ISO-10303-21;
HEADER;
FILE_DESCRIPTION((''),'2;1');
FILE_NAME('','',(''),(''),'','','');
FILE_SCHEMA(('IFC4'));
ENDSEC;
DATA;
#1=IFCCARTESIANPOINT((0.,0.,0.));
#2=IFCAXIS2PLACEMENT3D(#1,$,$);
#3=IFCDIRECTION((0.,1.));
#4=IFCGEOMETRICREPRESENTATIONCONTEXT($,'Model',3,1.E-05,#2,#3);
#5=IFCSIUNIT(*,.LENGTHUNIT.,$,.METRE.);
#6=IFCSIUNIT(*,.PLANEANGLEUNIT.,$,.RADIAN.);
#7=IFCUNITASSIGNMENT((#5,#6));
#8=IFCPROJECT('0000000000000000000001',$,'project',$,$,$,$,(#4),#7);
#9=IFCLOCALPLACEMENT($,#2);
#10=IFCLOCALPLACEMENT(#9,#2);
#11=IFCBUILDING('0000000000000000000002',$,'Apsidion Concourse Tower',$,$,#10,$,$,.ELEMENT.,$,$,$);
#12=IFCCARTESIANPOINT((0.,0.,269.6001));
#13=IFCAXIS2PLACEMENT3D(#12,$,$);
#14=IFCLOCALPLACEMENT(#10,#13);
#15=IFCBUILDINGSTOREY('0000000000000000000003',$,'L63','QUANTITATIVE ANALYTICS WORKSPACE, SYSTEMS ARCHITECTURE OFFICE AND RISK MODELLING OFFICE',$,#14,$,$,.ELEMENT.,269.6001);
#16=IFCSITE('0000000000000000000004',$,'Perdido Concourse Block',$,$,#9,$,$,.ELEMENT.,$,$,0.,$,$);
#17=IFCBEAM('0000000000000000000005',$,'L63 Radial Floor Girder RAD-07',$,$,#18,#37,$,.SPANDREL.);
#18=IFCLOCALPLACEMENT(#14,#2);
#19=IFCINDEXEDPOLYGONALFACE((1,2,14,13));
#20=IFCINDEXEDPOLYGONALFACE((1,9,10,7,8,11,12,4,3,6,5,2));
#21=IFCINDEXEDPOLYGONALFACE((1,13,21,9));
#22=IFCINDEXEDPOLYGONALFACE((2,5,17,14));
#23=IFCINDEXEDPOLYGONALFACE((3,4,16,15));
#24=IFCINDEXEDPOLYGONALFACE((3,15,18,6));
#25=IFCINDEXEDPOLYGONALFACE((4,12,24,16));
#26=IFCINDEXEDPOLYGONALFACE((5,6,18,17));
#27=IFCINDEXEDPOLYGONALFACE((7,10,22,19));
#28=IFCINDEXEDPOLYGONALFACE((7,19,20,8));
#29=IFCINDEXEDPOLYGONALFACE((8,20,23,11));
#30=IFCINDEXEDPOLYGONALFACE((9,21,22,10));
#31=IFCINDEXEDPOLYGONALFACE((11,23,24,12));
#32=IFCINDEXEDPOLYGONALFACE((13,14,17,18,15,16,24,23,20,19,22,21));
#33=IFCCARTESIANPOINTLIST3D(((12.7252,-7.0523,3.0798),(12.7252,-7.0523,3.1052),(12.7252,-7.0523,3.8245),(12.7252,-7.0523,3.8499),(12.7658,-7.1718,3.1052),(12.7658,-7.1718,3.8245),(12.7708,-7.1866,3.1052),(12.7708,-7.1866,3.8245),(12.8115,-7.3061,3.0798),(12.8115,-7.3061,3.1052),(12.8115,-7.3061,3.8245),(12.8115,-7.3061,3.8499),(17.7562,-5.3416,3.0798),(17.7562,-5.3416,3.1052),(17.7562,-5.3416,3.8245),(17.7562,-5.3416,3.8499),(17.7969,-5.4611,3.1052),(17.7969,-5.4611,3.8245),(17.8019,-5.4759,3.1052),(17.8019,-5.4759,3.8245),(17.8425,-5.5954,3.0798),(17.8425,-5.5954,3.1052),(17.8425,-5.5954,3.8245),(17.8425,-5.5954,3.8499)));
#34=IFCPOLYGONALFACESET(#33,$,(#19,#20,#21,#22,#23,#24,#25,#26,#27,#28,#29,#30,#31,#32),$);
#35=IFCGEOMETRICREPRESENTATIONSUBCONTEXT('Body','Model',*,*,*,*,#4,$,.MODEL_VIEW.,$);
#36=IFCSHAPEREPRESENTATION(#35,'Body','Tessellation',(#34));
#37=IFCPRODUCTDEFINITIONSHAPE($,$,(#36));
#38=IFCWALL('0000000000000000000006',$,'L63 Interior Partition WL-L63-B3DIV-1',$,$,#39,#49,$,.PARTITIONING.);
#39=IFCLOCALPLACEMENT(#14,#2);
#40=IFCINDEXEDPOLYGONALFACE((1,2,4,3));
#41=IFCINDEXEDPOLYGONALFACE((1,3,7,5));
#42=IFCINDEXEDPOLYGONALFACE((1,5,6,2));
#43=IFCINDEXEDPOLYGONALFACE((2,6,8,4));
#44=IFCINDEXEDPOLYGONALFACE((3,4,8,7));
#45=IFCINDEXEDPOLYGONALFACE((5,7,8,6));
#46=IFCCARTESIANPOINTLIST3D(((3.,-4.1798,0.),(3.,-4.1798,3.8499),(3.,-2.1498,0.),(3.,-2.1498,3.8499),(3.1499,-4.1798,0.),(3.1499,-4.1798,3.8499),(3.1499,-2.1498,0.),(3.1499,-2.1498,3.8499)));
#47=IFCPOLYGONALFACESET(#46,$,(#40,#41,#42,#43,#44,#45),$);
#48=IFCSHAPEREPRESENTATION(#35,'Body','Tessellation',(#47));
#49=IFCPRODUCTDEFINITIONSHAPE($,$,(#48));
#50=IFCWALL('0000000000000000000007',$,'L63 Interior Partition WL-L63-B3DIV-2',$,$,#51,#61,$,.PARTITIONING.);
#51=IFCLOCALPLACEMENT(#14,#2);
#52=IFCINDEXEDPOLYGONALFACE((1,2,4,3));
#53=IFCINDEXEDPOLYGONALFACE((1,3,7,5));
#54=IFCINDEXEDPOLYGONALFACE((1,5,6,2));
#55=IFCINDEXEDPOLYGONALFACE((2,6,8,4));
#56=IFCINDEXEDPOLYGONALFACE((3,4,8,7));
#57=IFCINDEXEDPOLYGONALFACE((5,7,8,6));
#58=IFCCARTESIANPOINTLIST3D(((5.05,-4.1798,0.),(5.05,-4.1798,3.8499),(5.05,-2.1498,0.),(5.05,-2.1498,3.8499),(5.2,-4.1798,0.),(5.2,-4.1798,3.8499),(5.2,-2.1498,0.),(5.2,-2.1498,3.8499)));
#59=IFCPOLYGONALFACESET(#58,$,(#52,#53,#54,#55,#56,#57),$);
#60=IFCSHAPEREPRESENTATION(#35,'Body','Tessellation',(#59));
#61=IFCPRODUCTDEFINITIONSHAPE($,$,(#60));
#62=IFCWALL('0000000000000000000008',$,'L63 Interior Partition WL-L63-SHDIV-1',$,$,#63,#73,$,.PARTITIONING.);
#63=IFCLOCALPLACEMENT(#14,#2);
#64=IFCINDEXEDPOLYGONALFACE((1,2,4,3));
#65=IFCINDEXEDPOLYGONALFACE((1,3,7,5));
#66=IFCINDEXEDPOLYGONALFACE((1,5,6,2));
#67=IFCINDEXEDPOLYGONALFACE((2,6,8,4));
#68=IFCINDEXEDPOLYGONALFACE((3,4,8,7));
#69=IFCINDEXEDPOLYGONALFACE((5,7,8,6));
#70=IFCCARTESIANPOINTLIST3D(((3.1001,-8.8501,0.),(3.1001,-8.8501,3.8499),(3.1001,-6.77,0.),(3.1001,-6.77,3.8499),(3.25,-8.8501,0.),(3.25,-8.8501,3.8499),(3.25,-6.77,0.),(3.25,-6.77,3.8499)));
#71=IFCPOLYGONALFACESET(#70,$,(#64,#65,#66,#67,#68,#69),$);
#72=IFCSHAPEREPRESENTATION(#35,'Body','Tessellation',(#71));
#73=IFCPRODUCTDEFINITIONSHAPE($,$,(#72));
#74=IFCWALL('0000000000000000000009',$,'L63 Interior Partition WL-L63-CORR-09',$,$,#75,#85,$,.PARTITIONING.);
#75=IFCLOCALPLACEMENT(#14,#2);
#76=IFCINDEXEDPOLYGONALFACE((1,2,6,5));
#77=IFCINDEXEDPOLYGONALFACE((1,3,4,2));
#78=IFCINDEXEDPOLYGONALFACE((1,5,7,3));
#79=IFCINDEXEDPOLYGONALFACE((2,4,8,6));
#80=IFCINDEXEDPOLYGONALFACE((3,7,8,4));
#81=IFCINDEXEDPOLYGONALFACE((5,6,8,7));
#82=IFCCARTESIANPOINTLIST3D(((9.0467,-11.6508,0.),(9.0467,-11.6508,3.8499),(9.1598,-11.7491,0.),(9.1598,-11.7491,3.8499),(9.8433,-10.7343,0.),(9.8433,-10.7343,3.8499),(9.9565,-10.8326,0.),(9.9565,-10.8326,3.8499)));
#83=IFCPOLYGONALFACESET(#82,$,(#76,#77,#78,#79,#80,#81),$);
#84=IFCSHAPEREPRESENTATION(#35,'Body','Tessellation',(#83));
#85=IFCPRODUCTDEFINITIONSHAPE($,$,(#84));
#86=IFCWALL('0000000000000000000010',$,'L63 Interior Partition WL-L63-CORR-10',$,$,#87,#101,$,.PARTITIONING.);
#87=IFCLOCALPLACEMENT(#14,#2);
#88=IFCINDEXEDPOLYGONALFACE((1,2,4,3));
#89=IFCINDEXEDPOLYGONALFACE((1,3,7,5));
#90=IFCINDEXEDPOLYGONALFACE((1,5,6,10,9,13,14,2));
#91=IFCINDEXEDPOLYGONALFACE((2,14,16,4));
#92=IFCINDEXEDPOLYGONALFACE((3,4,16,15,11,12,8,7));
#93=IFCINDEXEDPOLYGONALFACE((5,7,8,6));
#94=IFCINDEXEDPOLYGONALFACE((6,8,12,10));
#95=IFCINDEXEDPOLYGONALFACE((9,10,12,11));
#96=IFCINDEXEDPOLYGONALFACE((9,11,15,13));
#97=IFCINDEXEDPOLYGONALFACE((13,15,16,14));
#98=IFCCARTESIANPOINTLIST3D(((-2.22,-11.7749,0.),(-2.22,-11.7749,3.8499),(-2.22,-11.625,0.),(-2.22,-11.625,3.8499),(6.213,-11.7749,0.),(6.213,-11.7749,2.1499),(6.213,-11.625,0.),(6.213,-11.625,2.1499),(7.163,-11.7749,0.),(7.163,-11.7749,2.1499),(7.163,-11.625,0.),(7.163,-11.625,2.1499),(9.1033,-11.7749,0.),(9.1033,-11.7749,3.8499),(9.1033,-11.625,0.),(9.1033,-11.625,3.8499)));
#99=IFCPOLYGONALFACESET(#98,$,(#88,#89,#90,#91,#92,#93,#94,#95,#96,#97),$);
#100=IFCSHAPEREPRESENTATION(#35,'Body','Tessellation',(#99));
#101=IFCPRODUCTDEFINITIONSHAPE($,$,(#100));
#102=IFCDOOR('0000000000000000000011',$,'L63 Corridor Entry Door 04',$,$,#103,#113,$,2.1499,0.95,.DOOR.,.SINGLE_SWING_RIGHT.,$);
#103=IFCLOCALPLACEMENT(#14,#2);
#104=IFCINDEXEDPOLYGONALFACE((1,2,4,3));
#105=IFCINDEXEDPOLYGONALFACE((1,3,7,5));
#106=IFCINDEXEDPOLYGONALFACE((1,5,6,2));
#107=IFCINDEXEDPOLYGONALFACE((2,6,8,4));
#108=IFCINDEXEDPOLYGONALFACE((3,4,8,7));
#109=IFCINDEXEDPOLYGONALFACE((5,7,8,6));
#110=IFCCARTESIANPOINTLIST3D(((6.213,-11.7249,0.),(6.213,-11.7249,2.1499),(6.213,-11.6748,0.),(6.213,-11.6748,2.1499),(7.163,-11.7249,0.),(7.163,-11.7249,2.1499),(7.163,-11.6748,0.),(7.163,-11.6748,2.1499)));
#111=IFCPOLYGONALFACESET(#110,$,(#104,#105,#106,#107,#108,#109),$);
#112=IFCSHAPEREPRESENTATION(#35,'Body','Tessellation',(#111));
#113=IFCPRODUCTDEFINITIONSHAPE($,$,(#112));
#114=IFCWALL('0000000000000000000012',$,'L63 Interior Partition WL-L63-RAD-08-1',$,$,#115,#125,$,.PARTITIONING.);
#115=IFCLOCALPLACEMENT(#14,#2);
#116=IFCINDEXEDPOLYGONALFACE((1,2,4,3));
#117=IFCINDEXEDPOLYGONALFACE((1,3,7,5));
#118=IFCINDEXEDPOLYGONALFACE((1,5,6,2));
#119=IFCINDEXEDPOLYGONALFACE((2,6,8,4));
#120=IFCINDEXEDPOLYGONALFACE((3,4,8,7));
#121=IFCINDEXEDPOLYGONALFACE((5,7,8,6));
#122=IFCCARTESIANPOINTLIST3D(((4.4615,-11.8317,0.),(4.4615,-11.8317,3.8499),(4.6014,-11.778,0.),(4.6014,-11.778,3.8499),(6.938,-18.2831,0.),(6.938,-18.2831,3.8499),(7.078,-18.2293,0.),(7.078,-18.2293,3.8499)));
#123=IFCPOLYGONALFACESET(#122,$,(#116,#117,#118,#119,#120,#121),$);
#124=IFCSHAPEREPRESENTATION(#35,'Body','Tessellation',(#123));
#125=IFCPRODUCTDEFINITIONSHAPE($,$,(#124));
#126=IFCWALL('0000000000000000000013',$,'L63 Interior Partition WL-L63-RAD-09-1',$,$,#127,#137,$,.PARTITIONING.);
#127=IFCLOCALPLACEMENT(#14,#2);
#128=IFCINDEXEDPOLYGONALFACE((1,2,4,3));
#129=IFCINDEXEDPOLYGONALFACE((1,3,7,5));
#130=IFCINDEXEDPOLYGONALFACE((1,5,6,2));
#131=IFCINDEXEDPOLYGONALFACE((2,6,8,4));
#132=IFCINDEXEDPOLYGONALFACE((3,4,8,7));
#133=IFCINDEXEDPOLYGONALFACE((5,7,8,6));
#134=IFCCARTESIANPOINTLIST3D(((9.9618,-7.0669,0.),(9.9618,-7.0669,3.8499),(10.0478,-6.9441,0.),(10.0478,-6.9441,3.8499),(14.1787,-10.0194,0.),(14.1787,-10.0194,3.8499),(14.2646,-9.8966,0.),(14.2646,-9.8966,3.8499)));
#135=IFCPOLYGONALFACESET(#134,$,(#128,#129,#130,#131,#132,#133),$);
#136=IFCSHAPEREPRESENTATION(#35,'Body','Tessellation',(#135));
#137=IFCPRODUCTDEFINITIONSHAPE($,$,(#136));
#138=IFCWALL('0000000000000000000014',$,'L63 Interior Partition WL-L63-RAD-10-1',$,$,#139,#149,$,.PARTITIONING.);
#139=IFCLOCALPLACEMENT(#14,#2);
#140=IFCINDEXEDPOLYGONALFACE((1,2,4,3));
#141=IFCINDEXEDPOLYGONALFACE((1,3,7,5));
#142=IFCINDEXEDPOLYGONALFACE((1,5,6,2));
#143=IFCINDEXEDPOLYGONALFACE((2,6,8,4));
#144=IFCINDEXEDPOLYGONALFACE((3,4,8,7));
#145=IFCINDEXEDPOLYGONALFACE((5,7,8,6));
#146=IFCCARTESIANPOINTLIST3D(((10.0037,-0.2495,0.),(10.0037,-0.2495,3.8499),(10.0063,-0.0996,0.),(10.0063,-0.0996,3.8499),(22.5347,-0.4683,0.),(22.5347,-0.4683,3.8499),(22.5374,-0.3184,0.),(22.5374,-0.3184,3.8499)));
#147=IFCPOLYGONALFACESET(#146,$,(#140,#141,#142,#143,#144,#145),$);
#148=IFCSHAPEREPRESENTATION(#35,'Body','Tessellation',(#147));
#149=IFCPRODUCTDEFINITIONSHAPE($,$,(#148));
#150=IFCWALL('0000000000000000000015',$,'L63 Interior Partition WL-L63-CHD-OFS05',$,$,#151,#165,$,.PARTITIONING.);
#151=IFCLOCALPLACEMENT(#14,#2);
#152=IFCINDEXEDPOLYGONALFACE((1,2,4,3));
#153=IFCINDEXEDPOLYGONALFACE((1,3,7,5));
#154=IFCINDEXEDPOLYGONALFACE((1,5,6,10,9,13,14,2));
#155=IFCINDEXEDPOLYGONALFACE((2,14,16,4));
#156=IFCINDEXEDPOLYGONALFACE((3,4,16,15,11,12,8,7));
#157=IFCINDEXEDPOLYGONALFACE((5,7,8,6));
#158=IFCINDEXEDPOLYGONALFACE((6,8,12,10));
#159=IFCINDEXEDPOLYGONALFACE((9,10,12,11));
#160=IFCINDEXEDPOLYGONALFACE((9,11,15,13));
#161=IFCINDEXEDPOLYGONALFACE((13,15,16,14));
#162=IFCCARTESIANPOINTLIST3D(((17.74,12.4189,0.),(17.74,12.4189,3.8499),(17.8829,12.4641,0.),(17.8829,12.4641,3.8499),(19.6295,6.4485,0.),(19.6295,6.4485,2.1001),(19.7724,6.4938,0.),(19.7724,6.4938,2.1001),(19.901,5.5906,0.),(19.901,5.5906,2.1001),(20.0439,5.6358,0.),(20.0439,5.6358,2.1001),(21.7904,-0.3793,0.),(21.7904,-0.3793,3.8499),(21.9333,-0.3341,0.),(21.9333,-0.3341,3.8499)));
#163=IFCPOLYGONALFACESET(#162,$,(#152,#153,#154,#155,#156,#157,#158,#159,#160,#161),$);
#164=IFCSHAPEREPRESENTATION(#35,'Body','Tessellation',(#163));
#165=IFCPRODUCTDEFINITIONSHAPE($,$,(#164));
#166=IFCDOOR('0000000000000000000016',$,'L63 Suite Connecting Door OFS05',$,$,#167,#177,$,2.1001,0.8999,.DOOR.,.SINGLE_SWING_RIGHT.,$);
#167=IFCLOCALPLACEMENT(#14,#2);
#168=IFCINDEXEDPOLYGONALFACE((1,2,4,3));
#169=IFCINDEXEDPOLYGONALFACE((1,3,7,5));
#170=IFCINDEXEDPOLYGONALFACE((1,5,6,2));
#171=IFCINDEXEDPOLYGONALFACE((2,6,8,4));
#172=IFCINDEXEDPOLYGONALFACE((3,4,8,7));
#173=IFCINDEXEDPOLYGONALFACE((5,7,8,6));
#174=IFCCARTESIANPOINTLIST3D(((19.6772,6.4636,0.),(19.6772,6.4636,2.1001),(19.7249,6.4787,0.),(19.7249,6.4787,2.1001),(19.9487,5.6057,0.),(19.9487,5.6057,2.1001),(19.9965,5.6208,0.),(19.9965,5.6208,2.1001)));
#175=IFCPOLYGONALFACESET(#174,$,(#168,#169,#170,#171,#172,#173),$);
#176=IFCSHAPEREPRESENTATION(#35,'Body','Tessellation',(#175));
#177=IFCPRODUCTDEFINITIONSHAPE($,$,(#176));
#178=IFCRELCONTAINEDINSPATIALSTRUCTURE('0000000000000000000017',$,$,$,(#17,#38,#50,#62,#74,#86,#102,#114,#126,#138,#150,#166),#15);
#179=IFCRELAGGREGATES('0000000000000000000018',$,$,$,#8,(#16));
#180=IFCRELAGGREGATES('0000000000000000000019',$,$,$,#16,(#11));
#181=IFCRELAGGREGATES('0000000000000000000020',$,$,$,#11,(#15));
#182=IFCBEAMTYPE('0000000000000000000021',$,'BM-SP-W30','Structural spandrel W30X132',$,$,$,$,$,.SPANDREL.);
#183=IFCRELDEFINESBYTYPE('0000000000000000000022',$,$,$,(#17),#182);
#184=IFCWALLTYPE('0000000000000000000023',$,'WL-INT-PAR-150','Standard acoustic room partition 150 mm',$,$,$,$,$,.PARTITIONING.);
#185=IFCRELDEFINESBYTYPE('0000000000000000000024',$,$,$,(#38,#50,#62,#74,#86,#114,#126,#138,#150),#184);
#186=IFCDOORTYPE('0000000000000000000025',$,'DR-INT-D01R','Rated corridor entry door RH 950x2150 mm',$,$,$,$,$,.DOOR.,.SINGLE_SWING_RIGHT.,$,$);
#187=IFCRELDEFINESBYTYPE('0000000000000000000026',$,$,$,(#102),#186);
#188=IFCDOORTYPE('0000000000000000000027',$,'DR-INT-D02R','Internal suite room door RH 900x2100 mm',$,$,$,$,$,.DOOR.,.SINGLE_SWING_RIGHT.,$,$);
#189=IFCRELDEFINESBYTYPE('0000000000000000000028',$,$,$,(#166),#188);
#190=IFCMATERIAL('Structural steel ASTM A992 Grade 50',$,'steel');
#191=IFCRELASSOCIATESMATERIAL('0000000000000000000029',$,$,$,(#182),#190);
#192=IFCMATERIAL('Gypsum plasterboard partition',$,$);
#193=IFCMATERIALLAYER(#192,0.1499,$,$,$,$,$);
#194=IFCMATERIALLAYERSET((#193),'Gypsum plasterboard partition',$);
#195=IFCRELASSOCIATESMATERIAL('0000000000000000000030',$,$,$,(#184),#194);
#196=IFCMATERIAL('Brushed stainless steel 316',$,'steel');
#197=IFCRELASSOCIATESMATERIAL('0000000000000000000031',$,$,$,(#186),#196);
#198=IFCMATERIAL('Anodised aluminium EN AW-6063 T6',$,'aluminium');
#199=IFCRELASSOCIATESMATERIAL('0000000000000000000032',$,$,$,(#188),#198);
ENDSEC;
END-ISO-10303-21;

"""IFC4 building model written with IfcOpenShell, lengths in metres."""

from ifc_helpers import new_model, si_unit, direction, frame, frame_2d, origin, origin_2d, place, context, subcontext, project, spatial, rectangle, i_section, extrude, material, layer, layer_set, material_profile, profile_set, type_object, element, fill, save


model = new_model("IFC4")

# Units and contexts
model_context = context("Model", 3, precision=1e-05, world=origin(), true_north=direction((0.0, 1.0)))
body_context = subcontext(model_context, "Body", "Model", "MODEL_VIEW")
ifc_project = project(units=[si_unit("LENGTHUNIT", "METRE"), si_unit("PLANEANGLEUNIT", "RADIAN")], contexts=[model_context])

# Site, building, storey
site_placement = place(None, origin())
site = spatial("IfcSite", under=ifc_project, at=site_placement, Name="Perdido Concourse Block", CompositionType="ELEMENT", RefElevation=0.0)
building_placement = place(site_placement, origin())
building = spatial("IfcBuilding", under=site, at=building_placement, Name="Apsidion Concourse Tower", CompositionType="ELEMENT")
storey_placement = place(building_placement, frame((0.0, 0.0, 269.6001)))
storey = spatial("IfcBuildingStorey", under=building, at=storey_placement, Name="L63", Description="QUANTITATIVE ANALYTICS WORKSPACE, SYSTEMS ARCHITECTURE OFFICE AND RISK MODELLING OFFICE", CompositionType="ELEMENT", Elevation=269.6001)

# Shared definitions
ifc_material_1 = material(Name="Structural steel ASTM A992 Grade 50", Category="steel")

# Beam
ifc_material_profile_1 = material_profile(ifc_material_1, i_section(OverallWidth=0.2681, OverallDepth=0.77, WebThickness=0.0156, FlangeThickness=0.0254, at=origin_2d()), Name="W30X132")
ifc_profile_set_1 = profile_set([ifc_material_profile_1], Name="Structural steel ASTM A992 Grade 50")
beam_type_1 = type_object("IfcBeamType", Name="BM-SP-W30", Description="Structural spandrel W30X132", PredefinedType="SPANDREL", material=ifc_profile_set_1)
beam_1_placement = place(storey_placement, frame((12.7683, -7.1792, 3.4648), z_axis=(0.946764, 0.321928, 0.0), x_axis=(-0.321928, 0.946764, 0.0)))
element("IfcBeam", 1, at=beam_1_placement, inside=storey, type_object=beam_type_1, Name="L63 Radial Floor Girder RAD-07", PredefinedType="SPANDREL", context=body_context, shape_type="SweptSolid", body=[
    extrude(i_section(OverallWidth=0.2681, OverallDepth=0.77, WebThickness=0.0156, FlangeThickness=0.0254, at=origin_2d()), origin(), (0.0, 0.0, 1.0), 5.314),
])

# Walls
ifc_material_2 = material(Name="Gypsum plasterboard partition")
ifc_layer_1 = layer(ifc_material_2, 0.1499)
ifc_layer_set_1 = layer_set([ifc_layer_1], Name="Gypsum plasterboard partition")
wall_type_1 = type_object("IfcWallType", Name="WL-INT-PAR-150", Description="Standard acoustic room partition 150 mm", PredefinedType="PARTITIONING", material=ifc_layer_set_1)
for number, where, z_axis, x_axis, name in (
    (2, (3.075, -4.1799, 0.0), (0.0, 0.0, 1.0), (0.0, 1.0, 0.0), "L63 Interior Partition WL-L63-B3DIV-1"),
    (3, (5.125, -4.1799, 0.0), (0.0, 0.0, 1.0), (0.0, 1.0, 0.0), "L63 Interior Partition WL-L63-B3DIV-2"),
):
    element("IfcWall", number, at=place(storey_placement, frame(where, z_axis=z_axis, x_axis=x_axis)), inside=storey, type_object=wall_type_1, Name=name, PredefinedType="PARTITIONING", context=body_context, shape_type="SweptSolid", body=[
        extrude(rectangle(XDim=2.03, YDim=0.1499, at=frame_2d((1.0151, 0.0))), origin(), (0.0, 0.0, 1.0), 3.8499),
    ])
wall_1_placement = place(storey_placement, frame((3.175, -8.8501, 0.0), z_axis=(0.0, 0.0, 1.0), x_axis=(0.0, 1.0, 0.0)))
element("IfcWall", 4, at=wall_1_placement, inside=storey, type_object=wall_type_1, Name="L63 Interior Partition WL-L63-SHDIV-1", PredefinedType="PARTITIONING", context=body_context, shape_type="SweptSolid", body=[
    extrude(rectangle(XDim=2.0801, YDim=0.1499, at=frame_2d((1.04, 0.0))), origin(), (0.0, 0.0, 1.0), 3.8499),
])
wall_2_placement = place(storey_placement, frame((9.8999, -10.7834, 0.0), z_axis=(0.0, 0.0, 1.0), x_axis=(-0.656024, -0.75474, 0.0)))
element("IfcWall", 5, at=wall_2_placement, inside=storey, type_object=wall_type_1, Name="L63 Interior Partition WL-L63-CORR-09", PredefinedType="PARTITIONING", context=body_context, shape_type="SweptSolid", body=[
    extrude(rectangle(XDim=1.2144, YDim=0.1499, at=frame_2d((0.6072, 0.0))), origin(), (0.0, 0.0, 1.0), 3.8499),
])

# Wall, opening, door
wall_3_placement = place(storey_placement, frame((9.1033, -11.7, 0.0), z_axis=(0.0, 0.0, 1.0), x_axis=(-1.0, 0.0, 0.0)))
wall_3 = element("IfcWall", 6, at=wall_3_placement, inside=storey, type_object=wall_type_1, Name="L63 Interior Partition WL-L63-CORR-10", PredefinedType="PARTITIONING", context=body_context, shape_type="SweptSolid", body=[
    extrude(rectangle(XDim=11.3232, YDim=0.1499, at=frame_2d((5.6616, 0.0))), origin(), (0.0, 0.0, 1.0), 3.8499),
])
opening_1_placement = place(wall_3_placement, frame((1.9402, 0.0, 0.0)))
opening_1 = element("IfcOpeningElement", 7, at=opening_1_placement, cuts=wall_3, PredefinedType="OPENING", context=body_context, shape_type="SweptSolid", body=[
    extrude(rectangle(XDim=0.95, YDim=2.1499, at=frame_2d((0.4751, 1.075))), frame((0.0, 0.085, 0.0), z_axis=(0.0, -1.0, 0.0), x_axis=(1.0, 0.0, 0.0)), (0.0, 0.0, 1.0), 0.1699),
])
ifc_material_3 = material(Name="Brushed stainless steel 316", Category="steel")
door_type_1 = type_object("IfcDoorType", Name="DR-INT-D01R", Description="Rated corridor entry door RH 950x2150 mm", OperationType="SINGLE_SWING_RIGHT", PredefinedType="DOOR", material=ifc_material_3)
door_1_placement = place(opening_1_placement, origin())
door_1 = element("IfcDoor", 8, at=door_1_placement, inside=storey, type_object=door_type_1, Name="L63 Corridor Entry Door 04", OperationType="SINGLE_SWING_RIGHT", OverallHeight=2.1499, OverallWidth=0.95, PredefinedType="DOOR", context=body_context, shape_type="SweptSolid", body=[
    extrude(rectangle(XDim=0.95, YDim=2.1499, at=frame_2d((0.4751, 1.075))), frame((0.0, 0.0249, 0.0), z_axis=(0.0, -1.0, 0.0), x_axis=(1.0, 0.0, 0.0)), (0.0, 0.0, 1.0), 0.05),
])
fill(opening_1, door_1)

# Walls
wall_4_placement = place(storey_placement, frame((4.5315, -11.8049, 0.0), z_axis=(0.0, 0.0, 1.0), x_axis=(0.35838, -0.933576, 0.0)))
element("IfcWall", 9, at=wall_4_placement, inside=storey, type_object=wall_type_1, Name="L63 Interior Partition WL-L63-RAD-08-1", PredefinedType="PARTITIONING", context=body_context, shape_type="SweptSolid", body=[
    extrude(rectangle(XDim=6.9104, YDim=0.1499, at=frame_2d((3.4551, 0.0))), origin(), (0.0, 0.0, 1.0), 3.8499),
])
wall_5_placement = place(storey_placement, frame((10.0049, -7.0056, 0.0), z_axis=(0.0, 0.0, 1.0), x_axis=(0.819174, -0.573545, 0.0)))
element("IfcWall", 10, at=wall_5_placement, inside=storey, type_object=wall_type_1, Name="L63 Interior Partition WL-L63-RAD-09-1", PredefinedType="PARTITIONING", context=body_context, shape_type="SweptSolid", body=[
    extrude(rectangle(XDim=5.1477, YDim=0.1499, at=frame_2d((2.5737, 0.0))), origin(), (0.0, 0.0, 1.0), 3.8499),
])
wall_6_placement = place(storey_placement, frame((10.0049, -0.1746, 0.0), z_axis=(0.0, 0.0, 1.0), x_axis=(0.999848, -0.017454, 0.0)))
element("IfcWall", 11, at=wall_6_placement, inside=storey, type_object=wall_type_1, Name="L63 Interior Partition WL-L63-RAD-10-1", PredefinedType="PARTITIONING", context=body_context, shape_type="SweptSolid", body=[
    extrude(rectangle(XDim=12.533, YDim=0.1499, at=frame_2d((6.2666, 0.0))), origin(), (0.0, 0.0, 1.0), 3.8499),
])

# Wall, opening, door
wall_7_placement = place(storey_placement, frame((21.8618, -0.3567, 0.0), z_axis=(0.0, 0.0, 1.0), x_axis=(-0.301727, 0.953394, 0.0)))
wall_7 = element("IfcWall", 12, at=wall_7_placement, inside=storey, type_object=wall_type_1, Name="L63 Interior Partition WL-L63-CHD-OFS05", PredefinedType="PARTITIONING", context=body_context, shape_type="SweptSolid", body=[
    extrude(rectangle(XDim=13.4238, YDim=0.1499, at=frame_2d((6.7119, 0.0))), origin(), (0.0, 0.0, 1.0), 3.8499),
])
opening_2_placement = place(wall_7_placement, frame((6.2617, 0.0, 0.0)))
opening_2 = element("IfcOpeningElement", 13, at=opening_2_placement, cuts=wall_7, PredefinedType="OPENING", context=body_context, shape_type="SweptSolid", body=[
    extrude(rectangle(XDim=0.8999, YDim=2.1001, at=frame_2d((0.45, 1.05))), frame((0.0, 0.085, 0.0), z_axis=(0.0, -1.0, 0.0), x_axis=(1.0, 0.0, 0.0)), (0.0, 0.0, 1.0), 0.1699),
])
ifc_material_4 = material(Name="Anodised aluminium EN AW-6063 T6", Category="aluminium")
door_type_2 = type_object("IfcDoorType", Name="DR-INT-D02R", Description="Internal suite room door RH 900x2100 mm", OperationType="SINGLE_SWING_RIGHT", PredefinedType="DOOR", material=ifc_material_4)
door_2_placement = place(opening_2_placement, origin())
door_2 = element("IfcDoor", 14, at=door_2_placement, inside=storey, type_object=door_type_2, Name="L63 Suite Connecting Door OFS05", OperationType="SINGLE_SWING_RIGHT", OverallHeight=2.1001, OverallWidth=0.8999, PredefinedType="DOOR", context=body_context, shape_type="SweptSolid", body=[
    extrude(rectangle(XDim=0.8999, YDim=2.1001, at=frame_2d((0.45, 1.05))), frame((0.0, 0.0249, 0.0), z_axis=(0.0, -1.0, 0.0), x_axis=(1.0, 0.0, 0.0)), (0.0, 0.0, 1.0), 0.05),
])
fill(opening_2, door_2)

save(model, "model.ifc")
